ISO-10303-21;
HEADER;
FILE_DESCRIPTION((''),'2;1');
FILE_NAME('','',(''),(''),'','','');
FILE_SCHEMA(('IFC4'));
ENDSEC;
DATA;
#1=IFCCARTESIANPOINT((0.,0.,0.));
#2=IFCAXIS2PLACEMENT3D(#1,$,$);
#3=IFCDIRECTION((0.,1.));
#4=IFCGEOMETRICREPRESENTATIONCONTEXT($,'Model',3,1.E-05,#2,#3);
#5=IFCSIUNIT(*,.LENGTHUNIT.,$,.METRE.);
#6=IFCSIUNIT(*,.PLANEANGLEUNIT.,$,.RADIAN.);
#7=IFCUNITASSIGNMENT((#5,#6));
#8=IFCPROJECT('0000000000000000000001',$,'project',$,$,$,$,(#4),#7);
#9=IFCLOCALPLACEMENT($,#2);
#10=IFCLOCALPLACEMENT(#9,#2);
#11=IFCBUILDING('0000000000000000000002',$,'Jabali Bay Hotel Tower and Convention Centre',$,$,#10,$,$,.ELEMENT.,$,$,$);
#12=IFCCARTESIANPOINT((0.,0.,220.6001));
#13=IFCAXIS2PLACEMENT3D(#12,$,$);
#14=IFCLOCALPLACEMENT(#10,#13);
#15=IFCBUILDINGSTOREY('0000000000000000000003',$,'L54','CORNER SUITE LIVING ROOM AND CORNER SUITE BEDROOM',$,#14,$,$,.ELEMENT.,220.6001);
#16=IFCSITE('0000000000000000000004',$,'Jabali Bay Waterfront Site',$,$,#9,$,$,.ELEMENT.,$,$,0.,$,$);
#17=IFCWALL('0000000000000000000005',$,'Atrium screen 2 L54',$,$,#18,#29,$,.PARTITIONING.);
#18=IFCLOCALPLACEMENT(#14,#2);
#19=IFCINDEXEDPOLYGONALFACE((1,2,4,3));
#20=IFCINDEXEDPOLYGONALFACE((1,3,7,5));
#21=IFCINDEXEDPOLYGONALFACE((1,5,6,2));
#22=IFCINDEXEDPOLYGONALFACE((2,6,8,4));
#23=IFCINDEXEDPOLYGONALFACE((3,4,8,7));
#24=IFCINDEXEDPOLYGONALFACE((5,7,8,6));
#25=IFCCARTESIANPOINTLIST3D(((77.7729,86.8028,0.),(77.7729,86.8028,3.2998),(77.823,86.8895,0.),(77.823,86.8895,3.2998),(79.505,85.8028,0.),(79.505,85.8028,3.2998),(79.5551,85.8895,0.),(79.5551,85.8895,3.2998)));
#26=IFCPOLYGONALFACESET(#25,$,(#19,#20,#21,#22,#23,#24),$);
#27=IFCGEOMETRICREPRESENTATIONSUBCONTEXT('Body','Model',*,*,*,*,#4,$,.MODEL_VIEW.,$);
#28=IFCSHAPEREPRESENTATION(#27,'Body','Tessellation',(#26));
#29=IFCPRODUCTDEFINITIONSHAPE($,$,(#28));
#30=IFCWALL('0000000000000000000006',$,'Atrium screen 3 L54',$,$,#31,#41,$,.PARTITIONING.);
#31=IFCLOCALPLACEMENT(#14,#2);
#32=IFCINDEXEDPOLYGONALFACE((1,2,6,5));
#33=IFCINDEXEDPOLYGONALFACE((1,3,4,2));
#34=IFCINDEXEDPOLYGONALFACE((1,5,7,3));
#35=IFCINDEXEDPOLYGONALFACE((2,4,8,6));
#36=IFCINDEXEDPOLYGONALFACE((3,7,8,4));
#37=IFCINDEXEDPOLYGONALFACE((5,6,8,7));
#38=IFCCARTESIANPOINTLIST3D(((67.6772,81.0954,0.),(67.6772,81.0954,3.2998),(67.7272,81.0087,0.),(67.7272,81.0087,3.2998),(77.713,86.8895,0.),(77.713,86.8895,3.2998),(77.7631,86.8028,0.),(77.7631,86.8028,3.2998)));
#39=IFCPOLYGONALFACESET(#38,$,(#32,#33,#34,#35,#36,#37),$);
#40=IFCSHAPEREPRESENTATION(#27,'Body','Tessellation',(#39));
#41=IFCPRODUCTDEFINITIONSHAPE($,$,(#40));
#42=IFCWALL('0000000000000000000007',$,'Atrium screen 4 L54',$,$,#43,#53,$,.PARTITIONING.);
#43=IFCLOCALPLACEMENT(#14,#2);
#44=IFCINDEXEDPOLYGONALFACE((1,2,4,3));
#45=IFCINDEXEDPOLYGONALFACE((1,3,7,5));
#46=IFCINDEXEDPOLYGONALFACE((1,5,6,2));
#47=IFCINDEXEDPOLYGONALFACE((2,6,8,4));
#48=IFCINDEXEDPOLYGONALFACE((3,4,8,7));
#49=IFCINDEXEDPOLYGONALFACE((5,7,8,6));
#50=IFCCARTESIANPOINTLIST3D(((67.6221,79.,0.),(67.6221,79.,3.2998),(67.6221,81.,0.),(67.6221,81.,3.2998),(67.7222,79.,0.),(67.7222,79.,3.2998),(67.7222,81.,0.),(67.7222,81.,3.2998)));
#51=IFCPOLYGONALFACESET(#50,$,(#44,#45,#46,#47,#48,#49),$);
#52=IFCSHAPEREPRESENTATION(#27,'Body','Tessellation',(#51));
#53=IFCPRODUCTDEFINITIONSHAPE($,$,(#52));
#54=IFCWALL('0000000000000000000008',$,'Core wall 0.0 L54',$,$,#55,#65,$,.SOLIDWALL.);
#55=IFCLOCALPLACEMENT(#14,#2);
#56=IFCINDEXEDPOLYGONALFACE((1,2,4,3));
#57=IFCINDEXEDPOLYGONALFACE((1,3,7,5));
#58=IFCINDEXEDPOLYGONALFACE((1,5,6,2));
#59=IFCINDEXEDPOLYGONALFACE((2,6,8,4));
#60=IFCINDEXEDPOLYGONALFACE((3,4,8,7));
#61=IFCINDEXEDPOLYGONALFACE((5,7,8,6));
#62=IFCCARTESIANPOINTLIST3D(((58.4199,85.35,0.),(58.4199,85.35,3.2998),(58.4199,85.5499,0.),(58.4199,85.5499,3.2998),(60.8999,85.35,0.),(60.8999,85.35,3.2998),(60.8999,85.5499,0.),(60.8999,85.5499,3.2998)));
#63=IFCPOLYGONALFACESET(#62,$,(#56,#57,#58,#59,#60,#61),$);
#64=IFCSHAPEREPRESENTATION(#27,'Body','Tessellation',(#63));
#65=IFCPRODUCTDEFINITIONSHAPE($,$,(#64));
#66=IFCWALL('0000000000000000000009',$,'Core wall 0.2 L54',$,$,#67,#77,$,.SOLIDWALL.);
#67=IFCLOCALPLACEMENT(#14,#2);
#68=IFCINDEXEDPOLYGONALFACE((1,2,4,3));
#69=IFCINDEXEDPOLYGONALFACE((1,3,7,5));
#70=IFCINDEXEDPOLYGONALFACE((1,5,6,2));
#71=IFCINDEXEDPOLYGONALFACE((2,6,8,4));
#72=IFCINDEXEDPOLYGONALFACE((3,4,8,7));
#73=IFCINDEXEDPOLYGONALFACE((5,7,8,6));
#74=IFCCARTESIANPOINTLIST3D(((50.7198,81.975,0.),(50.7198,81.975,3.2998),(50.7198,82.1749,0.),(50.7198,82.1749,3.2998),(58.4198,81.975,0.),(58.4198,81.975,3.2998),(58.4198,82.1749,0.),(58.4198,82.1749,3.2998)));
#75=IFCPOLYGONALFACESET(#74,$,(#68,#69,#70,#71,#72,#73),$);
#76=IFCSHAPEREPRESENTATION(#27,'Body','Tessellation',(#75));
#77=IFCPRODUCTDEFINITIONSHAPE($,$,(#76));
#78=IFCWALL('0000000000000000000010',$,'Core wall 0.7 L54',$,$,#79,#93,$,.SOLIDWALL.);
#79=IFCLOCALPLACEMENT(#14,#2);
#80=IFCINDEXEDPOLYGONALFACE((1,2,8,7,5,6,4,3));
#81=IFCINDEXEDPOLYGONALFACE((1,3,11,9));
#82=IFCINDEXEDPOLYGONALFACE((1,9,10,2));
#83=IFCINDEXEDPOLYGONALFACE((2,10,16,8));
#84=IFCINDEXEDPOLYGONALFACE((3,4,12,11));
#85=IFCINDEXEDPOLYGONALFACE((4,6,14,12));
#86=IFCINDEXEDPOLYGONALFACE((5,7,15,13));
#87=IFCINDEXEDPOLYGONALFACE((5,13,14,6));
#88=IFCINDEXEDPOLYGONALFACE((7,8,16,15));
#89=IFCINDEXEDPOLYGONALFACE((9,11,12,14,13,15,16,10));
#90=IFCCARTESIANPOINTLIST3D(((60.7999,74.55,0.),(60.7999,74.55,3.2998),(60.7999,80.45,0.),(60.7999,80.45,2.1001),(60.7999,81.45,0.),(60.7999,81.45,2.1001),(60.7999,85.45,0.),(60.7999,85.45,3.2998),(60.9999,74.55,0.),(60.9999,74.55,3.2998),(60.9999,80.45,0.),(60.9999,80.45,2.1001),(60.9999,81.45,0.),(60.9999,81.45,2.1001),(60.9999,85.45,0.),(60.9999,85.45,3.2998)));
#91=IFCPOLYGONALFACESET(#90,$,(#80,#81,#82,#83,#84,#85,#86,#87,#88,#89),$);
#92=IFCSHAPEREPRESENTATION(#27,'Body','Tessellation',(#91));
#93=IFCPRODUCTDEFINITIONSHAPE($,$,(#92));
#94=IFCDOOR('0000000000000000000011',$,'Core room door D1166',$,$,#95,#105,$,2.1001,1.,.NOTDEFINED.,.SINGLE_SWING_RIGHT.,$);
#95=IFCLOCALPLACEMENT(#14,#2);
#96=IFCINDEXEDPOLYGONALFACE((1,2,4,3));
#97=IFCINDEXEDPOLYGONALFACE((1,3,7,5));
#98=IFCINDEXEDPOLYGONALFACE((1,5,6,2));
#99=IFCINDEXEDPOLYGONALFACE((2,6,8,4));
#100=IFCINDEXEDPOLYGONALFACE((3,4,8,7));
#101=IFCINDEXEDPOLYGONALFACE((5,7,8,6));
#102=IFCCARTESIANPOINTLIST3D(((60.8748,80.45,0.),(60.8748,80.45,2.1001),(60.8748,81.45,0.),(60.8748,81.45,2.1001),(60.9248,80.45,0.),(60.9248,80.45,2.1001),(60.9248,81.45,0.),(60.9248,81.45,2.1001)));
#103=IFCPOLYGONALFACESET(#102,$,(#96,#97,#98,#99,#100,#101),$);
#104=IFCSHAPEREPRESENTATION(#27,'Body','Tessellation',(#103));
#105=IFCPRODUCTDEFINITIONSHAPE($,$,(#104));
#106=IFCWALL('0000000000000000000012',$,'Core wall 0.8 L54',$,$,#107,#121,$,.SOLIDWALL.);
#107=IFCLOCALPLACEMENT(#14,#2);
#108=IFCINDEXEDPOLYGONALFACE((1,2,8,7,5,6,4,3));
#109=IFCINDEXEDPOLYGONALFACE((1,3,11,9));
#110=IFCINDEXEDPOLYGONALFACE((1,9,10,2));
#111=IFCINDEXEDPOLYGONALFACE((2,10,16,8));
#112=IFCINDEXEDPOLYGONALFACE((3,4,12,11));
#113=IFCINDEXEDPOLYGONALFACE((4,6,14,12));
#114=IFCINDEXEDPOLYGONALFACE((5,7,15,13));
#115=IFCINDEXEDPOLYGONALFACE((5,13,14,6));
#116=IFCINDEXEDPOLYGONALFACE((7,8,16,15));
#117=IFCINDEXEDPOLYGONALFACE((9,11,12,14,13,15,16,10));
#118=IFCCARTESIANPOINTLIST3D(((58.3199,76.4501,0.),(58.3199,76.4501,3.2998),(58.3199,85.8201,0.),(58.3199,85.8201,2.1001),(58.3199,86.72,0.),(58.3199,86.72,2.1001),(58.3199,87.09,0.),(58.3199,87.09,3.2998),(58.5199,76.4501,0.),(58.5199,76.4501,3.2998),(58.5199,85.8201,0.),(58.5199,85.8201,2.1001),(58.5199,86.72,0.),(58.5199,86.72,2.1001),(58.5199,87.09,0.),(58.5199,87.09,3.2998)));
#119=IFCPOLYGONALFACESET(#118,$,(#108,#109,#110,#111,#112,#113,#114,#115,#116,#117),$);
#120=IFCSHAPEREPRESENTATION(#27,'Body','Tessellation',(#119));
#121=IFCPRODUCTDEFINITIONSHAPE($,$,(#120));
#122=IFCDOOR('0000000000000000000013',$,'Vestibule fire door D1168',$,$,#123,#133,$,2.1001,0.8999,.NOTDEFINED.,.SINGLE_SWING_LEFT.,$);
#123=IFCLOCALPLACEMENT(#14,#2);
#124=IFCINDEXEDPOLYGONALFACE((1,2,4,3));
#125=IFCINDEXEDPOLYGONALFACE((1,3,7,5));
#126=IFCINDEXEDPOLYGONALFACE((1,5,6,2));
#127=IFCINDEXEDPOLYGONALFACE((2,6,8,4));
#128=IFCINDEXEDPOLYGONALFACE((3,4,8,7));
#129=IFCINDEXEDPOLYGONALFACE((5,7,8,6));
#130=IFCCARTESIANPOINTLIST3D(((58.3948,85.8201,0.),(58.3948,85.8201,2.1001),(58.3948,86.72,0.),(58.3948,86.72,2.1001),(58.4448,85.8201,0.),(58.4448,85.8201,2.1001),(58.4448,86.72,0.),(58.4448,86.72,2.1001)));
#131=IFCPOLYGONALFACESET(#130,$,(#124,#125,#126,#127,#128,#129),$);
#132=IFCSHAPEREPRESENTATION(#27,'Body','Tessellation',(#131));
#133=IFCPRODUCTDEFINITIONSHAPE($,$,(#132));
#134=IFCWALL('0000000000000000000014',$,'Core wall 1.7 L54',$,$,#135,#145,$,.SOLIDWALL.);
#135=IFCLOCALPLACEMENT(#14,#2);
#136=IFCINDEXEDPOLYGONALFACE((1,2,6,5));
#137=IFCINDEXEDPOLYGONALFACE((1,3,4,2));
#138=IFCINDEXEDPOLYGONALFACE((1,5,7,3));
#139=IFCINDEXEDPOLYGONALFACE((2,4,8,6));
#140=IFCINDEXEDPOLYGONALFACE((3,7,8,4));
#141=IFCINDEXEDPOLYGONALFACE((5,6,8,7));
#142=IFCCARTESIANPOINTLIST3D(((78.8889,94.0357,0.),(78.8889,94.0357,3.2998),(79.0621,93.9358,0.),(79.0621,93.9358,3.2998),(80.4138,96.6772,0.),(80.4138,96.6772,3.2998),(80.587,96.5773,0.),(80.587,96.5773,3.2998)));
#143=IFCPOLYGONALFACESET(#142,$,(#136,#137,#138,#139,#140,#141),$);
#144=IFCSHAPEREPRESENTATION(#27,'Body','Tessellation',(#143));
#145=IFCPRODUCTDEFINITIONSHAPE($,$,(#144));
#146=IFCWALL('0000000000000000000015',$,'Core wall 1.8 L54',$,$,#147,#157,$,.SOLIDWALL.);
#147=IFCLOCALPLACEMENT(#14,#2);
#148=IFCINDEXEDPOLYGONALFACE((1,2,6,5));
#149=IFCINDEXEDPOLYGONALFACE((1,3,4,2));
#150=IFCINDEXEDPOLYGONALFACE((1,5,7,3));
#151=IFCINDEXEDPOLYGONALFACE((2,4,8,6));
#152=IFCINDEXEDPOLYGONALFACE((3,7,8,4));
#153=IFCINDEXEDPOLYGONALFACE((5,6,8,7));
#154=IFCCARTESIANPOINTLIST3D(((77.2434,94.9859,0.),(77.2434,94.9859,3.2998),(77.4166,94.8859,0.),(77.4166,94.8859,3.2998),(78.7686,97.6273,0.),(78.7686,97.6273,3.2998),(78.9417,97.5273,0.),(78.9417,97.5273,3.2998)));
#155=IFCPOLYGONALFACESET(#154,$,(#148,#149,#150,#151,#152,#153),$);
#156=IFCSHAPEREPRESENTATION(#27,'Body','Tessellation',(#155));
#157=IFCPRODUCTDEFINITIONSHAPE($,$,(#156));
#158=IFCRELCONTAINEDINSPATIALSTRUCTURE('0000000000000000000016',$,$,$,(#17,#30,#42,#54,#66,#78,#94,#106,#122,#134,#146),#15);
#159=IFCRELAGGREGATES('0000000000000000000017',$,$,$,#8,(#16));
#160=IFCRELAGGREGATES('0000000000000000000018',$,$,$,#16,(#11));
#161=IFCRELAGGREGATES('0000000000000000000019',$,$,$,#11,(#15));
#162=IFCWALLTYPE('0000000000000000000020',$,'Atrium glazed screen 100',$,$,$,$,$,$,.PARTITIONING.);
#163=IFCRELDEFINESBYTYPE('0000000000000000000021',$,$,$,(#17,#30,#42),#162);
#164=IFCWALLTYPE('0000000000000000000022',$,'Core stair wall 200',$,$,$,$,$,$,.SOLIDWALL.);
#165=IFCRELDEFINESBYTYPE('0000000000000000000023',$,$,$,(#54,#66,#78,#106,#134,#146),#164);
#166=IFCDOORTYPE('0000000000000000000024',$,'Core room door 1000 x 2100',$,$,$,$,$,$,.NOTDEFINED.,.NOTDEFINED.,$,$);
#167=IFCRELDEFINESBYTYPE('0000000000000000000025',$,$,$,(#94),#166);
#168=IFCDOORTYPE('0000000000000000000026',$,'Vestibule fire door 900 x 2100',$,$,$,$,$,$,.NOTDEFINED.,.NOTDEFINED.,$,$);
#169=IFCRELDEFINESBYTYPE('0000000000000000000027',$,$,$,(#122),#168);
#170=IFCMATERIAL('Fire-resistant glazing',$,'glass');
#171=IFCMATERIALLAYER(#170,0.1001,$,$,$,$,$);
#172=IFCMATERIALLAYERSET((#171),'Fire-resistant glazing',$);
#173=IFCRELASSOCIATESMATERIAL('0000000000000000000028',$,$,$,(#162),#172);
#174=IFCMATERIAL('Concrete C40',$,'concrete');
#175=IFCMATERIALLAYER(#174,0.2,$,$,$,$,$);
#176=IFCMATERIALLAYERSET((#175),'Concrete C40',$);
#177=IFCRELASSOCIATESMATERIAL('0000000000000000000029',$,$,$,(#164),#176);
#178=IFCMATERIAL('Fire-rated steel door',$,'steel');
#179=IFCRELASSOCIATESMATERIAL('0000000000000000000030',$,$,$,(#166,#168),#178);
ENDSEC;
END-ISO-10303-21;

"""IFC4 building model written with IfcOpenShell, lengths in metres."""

from ifc_helpers import new_model, si_unit, direction, frame, frame_2d, origin, place, context, subcontext, project, spatial, rectangle, extrude, material, layer, layer_set, type_object, element, fill, save


model = new_model("IFC4")

# Units and contexts
model_context = context("Model", 3, precision=1e-05, world=origin(), true_north=direction((0.0, 1.0)))
body_context = subcontext(model_context, "Body", "Model", "MODEL_VIEW")
ifc_project = project(units=[si_unit("LENGTHUNIT", "METRE"), si_unit("PLANEANGLEUNIT", "RADIAN")], contexts=[model_context])

# Site, building, storey
site_placement = place(None, origin())
site = spatial("IfcSite", under=ifc_project, at=site_placement, Name="Jabali Bay Waterfront Site", CompositionType="ELEMENT", RefElevation=0.0)
building_placement = place(site_placement, origin())
building = spatial("IfcBuilding", under=site, at=building_placement, Name="Jabali Bay Hotel Tower and Convention Centre", CompositionType="ELEMENT")
storey_placement = place(building_placement, frame((0.0, 0.0, 220.6001)))
storey = spatial("IfcBuildingStorey", under=building, at=storey_placement, Name="L54", Description="CORNER SUITE LIVING ROOM AND CORNER SUITE BEDROOM", CompositionType="ELEMENT", Elevation=220.6001)

# Walls
ifc_material_1 = material(Name="Fire-resistant glazing", Category="glass")
ifc_layer_1 = layer(ifc_material_1, 0.1001)
ifc_layer_set_1 = layer_set([ifc_layer_1], Name="Fire-resistant glazing")
wall_type_1 = type_object("IfcWallType", Name="Atrium glazed screen 100", PredefinedType="PARTITIONING", material=ifc_layer_set_1)
wall_1_placement = place(storey_placement, frame((79.53, 85.8462, 0.0), z_axis=(0.0, 0.0, 1.0), x_axis=(-0.866041, 0.499973, 0.0)))
element("IfcWall", 1, at=wall_1_placement, inside=storey, type_object=wall_type_1, Name="Atrium screen 2 L54", PredefinedType="PARTITIONING", context=body_context, shape_type="SweptSolid", body=[
    extrude(rectangle(XDim=2.0, YDim=0.1001, at=frame_2d((1.0, 0.0))), origin(), (0.0, 0.0, 1.0), 3.2998),
])
wall_2_placement = place(storey_placement, frame((77.738, 86.8462, 0.0), z_axis=(0.0, 0.0, 1.0), x_axis=(-0.866027, -0.499998, 0.0)))
element("IfcWall", 2, at=wall_2_placement, inside=storey, type_object=wall_type_1, Name="Atrium screen 3 L54", PredefinedType="PARTITIONING", context=body_context, shape_type="SweptSolid", body=[
    extrude(rectangle(XDim=11.5884, YDim=0.1001, at=frame_2d((5.7942, 0.0))), origin(), (0.0, 0.0, 1.0), 3.2998),
])
wall_3_placement = place(storey_placement, frame((67.6721, 81.0, 0.0), z_axis=(0.0, 0.0, 1.0), x_axis=(0.0, -1.0, 0.0)))
element("IfcWall", 3, at=wall_3_placement, inside=storey, type_object=wall_type_1, Name="Atrium screen 4 L54", PredefinedType="PARTITIONING", context=body_context, shape_type="SweptSolid", body=[
    extrude(rectangle(XDim=2.0, YDim=0.1001, at=frame_2d((1.0, 0.0))), origin(), (0.0, 0.0, 1.0), 3.2998),
])
ifc_material_2 = material(Name="Concrete C40", Category="concrete")
ifc_layer_2 = layer(ifc_material_2, 0.2)
ifc_layer_set_2 = layer_set([ifc_layer_2], Name="Concrete C40")
wall_type_2 = type_object("IfcWallType", Name="Core stair wall 200", PredefinedType="SOLIDWALL", material=ifc_layer_set_2)
wall_4_placement = place(storey_placement, frame((60.8999, 85.45, 0.0), z_axis=(0.0, 0.0, 1.0), x_axis=(-1.0, 0.0, 0.0)))
element("IfcWall", 4, at=wall_4_placement, inside=storey, type_object=wall_type_2, Name="Core wall 0.0 L54", PredefinedType="SOLIDWALL", context=body_context, shape_type="SweptSolid", body=[
    extrude(rectangle(XDim=2.48, YDim=0.2, at=frame_2d((1.24, 0.0))), origin(), (0.0, 0.0, 1.0), 3.2998),
])
wall_5_placement = place(storey_placement, frame((58.4199, 82.075, 0.0), z_axis=(0.0, 0.0, 1.0), x_axis=(-1.0, 0.0, 0.0)))
element("IfcWall", 5, at=wall_5_placement, inside=storey, type_object=wall_type_2, Name="Core wall 0.2 L54", PredefinedType="SOLIDWALL", context=body_context, shape_type="SweptSolid", body=[
    extrude(rectangle(XDim=7.7, YDim=0.2, at=frame_2d((3.8501, 0.0))), origin(), (0.0, 0.0, 1.0), 3.2998),
])

# Walls, openings, doors
wall_6_placement = place(storey_placement, frame((60.8999, 85.45, 0.0), z_axis=(0.0, 0.0, 1.0), x_axis=(0.0, -1.0, 0.0)))
wall_6 = element("IfcWall", 6, at=wall_6_placement, inside=storey, type_object=wall_type_2, Name="Core wall 0.7 L54", PredefinedType="SOLIDWALL", context=body_context, shape_type="SweptSolid", body=[
    extrude(rectangle(XDim=10.8999, YDim=0.2, at=frame_2d((5.45, 0.0))), origin(), (0.0, 0.0, 1.0), 3.2998),
])
opening_1_placement = place(wall_6_placement, frame((4.0, 0.0, 0.0)))
opening_1 = element("IfcOpeningElement", 7, at=opening_1_placement, cuts=wall_6, PredefinedType="OPENING", context=body_context, shape_type="SweptSolid", body=[
    extrude(rectangle(XDim=1.0, YDim=2.1001, at=frame_2d((0.5, 1.05))), frame((0.0, 0.1104, 0.0), z_axis=(0.0, -1.0, 0.0), x_axis=(1.0, 0.0, 0.0)), (0.0, 0.0, 1.0), 0.2209),
])
ifc_material_3 = material(Name="Fire-rated steel door", Category="steel")
door_type_1 = type_object("IfcDoorType", Name="Core room door 1000 x 2100", OperationType="NOTDEFINED", PredefinedType="NOTDEFINED", material=ifc_material_3)
door_1_placement = place(opening_1_placement, origin())
door_1 = element("IfcDoor", 8, at=door_1_placement, inside=storey, type_object=door_type_1, Name="Core room door D1166", OperationType="SINGLE_SWING_RIGHT", OverallHeight=2.1001, OverallWidth=1.0, PredefinedType="NOTDEFINED", context=body_context, shape_type="SweptSolid", body=[
    extrude(rectangle(XDim=1.0, YDim=2.1001, at=frame_2d((0.5, 1.05))), frame((0.0, 0.0249, 0.0), z_axis=(0.0, -1.0, 0.0), x_axis=(1.0, 0.0, 0.0)), (0.0, 0.0, 1.0), 0.05),
])
fill(opening_1, door_1)
wall_7_placement = place(storey_placement, frame((58.4199, 87.0898, 0.0), z_axis=(0.0, 0.0, 1.0), x_axis=(0.0, -1.0, 0.0)))
wall_7 = element("IfcWall", 9, at=wall_7_placement, inside=storey, type_object=wall_type_2, Name="Core wall 0.8 L54", PredefinedType="SOLIDWALL", context=body_context, shape_type="SweptSolid", body=[
    extrude(rectangle(XDim=10.6399, YDim=0.2, at=frame_2d((5.3198, 0.0))), origin(), (0.0, 0.0, 1.0), 3.2998),
])
opening_2_placement = place(wall_7_placement, frame((0.3699, 0.0, 0.0)))
opening_2 = element("IfcOpeningElement", 10, at=opening_2_placement, cuts=wall_7, PredefinedType="OPENING", context=body_context, shape_type="SweptSolid", body=[
    extrude(rectangle(XDim=0.8999, YDim=2.1001, at=frame_2d((0.45, 1.05))), frame((0.0, 0.1104, 0.0), z_axis=(0.0, -1.0, 0.0), x_axis=(1.0, 0.0, 0.0)), (0.0, 0.0, 1.0), 0.2209),
])
door_type_2 = type_object("IfcDoorType", Name="Vestibule fire door 900 x 2100", OperationType="NOTDEFINED", PredefinedType="NOTDEFINED", material=ifc_material_3)
door_2_placement = place(opening_2_placement, origin())
door_2 = element("IfcDoor", 11, at=door_2_placement, inside=storey, type_object=door_type_2, Name="Vestibule fire door D1168", OperationType="SINGLE_SWING_LEFT", OverallHeight=2.1001, OverallWidth=0.8999, PredefinedType="NOTDEFINED", context=body_context, shape_type="SweptSolid", body=[
    extrude(rectangle(XDim=0.8999, YDim=2.1001, at=frame_2d((0.45, 1.05))), frame((0.0, 0.0249, 0.0), z_axis=(0.0, -1.0, 0.0), x_axis=(1.0, 0.0, 0.0)), (0.0, 0.0, 1.0), 0.05),
])
fill(opening_2, door_2)

# Walls
for number, where, z_axis, x_axis, name in (
    (12, (78.9756, 93.9858, 0.0), (0.0, 0.0, 1.0), (0.499944, 0.866058, 0.0), "Core wall 1.7 L54"),
    (13, (77.3301, 94.936, 0.0), (0.0, 0.0, 1.0), (0.500039, 0.866003, 0.0), "Core wall 1.8 L54"),
):
    element("IfcWall", number, at=place(storey_placement, frame(where, z_axis=z_axis, x_axis=x_axis)), inside=storey, type_object=wall_type_2, Name=name, PredefinedType="SOLIDWALL", context=body_context, shape_type="SweptSolid", body=[
        extrude(rectangle(XDim=3.05, YDim=0.2, at=frame_2d((1.5249, 0.0))), origin(), (0.0, 0.0, 1.0), 3.2998),
    ])

save(model, "model.ifc")
